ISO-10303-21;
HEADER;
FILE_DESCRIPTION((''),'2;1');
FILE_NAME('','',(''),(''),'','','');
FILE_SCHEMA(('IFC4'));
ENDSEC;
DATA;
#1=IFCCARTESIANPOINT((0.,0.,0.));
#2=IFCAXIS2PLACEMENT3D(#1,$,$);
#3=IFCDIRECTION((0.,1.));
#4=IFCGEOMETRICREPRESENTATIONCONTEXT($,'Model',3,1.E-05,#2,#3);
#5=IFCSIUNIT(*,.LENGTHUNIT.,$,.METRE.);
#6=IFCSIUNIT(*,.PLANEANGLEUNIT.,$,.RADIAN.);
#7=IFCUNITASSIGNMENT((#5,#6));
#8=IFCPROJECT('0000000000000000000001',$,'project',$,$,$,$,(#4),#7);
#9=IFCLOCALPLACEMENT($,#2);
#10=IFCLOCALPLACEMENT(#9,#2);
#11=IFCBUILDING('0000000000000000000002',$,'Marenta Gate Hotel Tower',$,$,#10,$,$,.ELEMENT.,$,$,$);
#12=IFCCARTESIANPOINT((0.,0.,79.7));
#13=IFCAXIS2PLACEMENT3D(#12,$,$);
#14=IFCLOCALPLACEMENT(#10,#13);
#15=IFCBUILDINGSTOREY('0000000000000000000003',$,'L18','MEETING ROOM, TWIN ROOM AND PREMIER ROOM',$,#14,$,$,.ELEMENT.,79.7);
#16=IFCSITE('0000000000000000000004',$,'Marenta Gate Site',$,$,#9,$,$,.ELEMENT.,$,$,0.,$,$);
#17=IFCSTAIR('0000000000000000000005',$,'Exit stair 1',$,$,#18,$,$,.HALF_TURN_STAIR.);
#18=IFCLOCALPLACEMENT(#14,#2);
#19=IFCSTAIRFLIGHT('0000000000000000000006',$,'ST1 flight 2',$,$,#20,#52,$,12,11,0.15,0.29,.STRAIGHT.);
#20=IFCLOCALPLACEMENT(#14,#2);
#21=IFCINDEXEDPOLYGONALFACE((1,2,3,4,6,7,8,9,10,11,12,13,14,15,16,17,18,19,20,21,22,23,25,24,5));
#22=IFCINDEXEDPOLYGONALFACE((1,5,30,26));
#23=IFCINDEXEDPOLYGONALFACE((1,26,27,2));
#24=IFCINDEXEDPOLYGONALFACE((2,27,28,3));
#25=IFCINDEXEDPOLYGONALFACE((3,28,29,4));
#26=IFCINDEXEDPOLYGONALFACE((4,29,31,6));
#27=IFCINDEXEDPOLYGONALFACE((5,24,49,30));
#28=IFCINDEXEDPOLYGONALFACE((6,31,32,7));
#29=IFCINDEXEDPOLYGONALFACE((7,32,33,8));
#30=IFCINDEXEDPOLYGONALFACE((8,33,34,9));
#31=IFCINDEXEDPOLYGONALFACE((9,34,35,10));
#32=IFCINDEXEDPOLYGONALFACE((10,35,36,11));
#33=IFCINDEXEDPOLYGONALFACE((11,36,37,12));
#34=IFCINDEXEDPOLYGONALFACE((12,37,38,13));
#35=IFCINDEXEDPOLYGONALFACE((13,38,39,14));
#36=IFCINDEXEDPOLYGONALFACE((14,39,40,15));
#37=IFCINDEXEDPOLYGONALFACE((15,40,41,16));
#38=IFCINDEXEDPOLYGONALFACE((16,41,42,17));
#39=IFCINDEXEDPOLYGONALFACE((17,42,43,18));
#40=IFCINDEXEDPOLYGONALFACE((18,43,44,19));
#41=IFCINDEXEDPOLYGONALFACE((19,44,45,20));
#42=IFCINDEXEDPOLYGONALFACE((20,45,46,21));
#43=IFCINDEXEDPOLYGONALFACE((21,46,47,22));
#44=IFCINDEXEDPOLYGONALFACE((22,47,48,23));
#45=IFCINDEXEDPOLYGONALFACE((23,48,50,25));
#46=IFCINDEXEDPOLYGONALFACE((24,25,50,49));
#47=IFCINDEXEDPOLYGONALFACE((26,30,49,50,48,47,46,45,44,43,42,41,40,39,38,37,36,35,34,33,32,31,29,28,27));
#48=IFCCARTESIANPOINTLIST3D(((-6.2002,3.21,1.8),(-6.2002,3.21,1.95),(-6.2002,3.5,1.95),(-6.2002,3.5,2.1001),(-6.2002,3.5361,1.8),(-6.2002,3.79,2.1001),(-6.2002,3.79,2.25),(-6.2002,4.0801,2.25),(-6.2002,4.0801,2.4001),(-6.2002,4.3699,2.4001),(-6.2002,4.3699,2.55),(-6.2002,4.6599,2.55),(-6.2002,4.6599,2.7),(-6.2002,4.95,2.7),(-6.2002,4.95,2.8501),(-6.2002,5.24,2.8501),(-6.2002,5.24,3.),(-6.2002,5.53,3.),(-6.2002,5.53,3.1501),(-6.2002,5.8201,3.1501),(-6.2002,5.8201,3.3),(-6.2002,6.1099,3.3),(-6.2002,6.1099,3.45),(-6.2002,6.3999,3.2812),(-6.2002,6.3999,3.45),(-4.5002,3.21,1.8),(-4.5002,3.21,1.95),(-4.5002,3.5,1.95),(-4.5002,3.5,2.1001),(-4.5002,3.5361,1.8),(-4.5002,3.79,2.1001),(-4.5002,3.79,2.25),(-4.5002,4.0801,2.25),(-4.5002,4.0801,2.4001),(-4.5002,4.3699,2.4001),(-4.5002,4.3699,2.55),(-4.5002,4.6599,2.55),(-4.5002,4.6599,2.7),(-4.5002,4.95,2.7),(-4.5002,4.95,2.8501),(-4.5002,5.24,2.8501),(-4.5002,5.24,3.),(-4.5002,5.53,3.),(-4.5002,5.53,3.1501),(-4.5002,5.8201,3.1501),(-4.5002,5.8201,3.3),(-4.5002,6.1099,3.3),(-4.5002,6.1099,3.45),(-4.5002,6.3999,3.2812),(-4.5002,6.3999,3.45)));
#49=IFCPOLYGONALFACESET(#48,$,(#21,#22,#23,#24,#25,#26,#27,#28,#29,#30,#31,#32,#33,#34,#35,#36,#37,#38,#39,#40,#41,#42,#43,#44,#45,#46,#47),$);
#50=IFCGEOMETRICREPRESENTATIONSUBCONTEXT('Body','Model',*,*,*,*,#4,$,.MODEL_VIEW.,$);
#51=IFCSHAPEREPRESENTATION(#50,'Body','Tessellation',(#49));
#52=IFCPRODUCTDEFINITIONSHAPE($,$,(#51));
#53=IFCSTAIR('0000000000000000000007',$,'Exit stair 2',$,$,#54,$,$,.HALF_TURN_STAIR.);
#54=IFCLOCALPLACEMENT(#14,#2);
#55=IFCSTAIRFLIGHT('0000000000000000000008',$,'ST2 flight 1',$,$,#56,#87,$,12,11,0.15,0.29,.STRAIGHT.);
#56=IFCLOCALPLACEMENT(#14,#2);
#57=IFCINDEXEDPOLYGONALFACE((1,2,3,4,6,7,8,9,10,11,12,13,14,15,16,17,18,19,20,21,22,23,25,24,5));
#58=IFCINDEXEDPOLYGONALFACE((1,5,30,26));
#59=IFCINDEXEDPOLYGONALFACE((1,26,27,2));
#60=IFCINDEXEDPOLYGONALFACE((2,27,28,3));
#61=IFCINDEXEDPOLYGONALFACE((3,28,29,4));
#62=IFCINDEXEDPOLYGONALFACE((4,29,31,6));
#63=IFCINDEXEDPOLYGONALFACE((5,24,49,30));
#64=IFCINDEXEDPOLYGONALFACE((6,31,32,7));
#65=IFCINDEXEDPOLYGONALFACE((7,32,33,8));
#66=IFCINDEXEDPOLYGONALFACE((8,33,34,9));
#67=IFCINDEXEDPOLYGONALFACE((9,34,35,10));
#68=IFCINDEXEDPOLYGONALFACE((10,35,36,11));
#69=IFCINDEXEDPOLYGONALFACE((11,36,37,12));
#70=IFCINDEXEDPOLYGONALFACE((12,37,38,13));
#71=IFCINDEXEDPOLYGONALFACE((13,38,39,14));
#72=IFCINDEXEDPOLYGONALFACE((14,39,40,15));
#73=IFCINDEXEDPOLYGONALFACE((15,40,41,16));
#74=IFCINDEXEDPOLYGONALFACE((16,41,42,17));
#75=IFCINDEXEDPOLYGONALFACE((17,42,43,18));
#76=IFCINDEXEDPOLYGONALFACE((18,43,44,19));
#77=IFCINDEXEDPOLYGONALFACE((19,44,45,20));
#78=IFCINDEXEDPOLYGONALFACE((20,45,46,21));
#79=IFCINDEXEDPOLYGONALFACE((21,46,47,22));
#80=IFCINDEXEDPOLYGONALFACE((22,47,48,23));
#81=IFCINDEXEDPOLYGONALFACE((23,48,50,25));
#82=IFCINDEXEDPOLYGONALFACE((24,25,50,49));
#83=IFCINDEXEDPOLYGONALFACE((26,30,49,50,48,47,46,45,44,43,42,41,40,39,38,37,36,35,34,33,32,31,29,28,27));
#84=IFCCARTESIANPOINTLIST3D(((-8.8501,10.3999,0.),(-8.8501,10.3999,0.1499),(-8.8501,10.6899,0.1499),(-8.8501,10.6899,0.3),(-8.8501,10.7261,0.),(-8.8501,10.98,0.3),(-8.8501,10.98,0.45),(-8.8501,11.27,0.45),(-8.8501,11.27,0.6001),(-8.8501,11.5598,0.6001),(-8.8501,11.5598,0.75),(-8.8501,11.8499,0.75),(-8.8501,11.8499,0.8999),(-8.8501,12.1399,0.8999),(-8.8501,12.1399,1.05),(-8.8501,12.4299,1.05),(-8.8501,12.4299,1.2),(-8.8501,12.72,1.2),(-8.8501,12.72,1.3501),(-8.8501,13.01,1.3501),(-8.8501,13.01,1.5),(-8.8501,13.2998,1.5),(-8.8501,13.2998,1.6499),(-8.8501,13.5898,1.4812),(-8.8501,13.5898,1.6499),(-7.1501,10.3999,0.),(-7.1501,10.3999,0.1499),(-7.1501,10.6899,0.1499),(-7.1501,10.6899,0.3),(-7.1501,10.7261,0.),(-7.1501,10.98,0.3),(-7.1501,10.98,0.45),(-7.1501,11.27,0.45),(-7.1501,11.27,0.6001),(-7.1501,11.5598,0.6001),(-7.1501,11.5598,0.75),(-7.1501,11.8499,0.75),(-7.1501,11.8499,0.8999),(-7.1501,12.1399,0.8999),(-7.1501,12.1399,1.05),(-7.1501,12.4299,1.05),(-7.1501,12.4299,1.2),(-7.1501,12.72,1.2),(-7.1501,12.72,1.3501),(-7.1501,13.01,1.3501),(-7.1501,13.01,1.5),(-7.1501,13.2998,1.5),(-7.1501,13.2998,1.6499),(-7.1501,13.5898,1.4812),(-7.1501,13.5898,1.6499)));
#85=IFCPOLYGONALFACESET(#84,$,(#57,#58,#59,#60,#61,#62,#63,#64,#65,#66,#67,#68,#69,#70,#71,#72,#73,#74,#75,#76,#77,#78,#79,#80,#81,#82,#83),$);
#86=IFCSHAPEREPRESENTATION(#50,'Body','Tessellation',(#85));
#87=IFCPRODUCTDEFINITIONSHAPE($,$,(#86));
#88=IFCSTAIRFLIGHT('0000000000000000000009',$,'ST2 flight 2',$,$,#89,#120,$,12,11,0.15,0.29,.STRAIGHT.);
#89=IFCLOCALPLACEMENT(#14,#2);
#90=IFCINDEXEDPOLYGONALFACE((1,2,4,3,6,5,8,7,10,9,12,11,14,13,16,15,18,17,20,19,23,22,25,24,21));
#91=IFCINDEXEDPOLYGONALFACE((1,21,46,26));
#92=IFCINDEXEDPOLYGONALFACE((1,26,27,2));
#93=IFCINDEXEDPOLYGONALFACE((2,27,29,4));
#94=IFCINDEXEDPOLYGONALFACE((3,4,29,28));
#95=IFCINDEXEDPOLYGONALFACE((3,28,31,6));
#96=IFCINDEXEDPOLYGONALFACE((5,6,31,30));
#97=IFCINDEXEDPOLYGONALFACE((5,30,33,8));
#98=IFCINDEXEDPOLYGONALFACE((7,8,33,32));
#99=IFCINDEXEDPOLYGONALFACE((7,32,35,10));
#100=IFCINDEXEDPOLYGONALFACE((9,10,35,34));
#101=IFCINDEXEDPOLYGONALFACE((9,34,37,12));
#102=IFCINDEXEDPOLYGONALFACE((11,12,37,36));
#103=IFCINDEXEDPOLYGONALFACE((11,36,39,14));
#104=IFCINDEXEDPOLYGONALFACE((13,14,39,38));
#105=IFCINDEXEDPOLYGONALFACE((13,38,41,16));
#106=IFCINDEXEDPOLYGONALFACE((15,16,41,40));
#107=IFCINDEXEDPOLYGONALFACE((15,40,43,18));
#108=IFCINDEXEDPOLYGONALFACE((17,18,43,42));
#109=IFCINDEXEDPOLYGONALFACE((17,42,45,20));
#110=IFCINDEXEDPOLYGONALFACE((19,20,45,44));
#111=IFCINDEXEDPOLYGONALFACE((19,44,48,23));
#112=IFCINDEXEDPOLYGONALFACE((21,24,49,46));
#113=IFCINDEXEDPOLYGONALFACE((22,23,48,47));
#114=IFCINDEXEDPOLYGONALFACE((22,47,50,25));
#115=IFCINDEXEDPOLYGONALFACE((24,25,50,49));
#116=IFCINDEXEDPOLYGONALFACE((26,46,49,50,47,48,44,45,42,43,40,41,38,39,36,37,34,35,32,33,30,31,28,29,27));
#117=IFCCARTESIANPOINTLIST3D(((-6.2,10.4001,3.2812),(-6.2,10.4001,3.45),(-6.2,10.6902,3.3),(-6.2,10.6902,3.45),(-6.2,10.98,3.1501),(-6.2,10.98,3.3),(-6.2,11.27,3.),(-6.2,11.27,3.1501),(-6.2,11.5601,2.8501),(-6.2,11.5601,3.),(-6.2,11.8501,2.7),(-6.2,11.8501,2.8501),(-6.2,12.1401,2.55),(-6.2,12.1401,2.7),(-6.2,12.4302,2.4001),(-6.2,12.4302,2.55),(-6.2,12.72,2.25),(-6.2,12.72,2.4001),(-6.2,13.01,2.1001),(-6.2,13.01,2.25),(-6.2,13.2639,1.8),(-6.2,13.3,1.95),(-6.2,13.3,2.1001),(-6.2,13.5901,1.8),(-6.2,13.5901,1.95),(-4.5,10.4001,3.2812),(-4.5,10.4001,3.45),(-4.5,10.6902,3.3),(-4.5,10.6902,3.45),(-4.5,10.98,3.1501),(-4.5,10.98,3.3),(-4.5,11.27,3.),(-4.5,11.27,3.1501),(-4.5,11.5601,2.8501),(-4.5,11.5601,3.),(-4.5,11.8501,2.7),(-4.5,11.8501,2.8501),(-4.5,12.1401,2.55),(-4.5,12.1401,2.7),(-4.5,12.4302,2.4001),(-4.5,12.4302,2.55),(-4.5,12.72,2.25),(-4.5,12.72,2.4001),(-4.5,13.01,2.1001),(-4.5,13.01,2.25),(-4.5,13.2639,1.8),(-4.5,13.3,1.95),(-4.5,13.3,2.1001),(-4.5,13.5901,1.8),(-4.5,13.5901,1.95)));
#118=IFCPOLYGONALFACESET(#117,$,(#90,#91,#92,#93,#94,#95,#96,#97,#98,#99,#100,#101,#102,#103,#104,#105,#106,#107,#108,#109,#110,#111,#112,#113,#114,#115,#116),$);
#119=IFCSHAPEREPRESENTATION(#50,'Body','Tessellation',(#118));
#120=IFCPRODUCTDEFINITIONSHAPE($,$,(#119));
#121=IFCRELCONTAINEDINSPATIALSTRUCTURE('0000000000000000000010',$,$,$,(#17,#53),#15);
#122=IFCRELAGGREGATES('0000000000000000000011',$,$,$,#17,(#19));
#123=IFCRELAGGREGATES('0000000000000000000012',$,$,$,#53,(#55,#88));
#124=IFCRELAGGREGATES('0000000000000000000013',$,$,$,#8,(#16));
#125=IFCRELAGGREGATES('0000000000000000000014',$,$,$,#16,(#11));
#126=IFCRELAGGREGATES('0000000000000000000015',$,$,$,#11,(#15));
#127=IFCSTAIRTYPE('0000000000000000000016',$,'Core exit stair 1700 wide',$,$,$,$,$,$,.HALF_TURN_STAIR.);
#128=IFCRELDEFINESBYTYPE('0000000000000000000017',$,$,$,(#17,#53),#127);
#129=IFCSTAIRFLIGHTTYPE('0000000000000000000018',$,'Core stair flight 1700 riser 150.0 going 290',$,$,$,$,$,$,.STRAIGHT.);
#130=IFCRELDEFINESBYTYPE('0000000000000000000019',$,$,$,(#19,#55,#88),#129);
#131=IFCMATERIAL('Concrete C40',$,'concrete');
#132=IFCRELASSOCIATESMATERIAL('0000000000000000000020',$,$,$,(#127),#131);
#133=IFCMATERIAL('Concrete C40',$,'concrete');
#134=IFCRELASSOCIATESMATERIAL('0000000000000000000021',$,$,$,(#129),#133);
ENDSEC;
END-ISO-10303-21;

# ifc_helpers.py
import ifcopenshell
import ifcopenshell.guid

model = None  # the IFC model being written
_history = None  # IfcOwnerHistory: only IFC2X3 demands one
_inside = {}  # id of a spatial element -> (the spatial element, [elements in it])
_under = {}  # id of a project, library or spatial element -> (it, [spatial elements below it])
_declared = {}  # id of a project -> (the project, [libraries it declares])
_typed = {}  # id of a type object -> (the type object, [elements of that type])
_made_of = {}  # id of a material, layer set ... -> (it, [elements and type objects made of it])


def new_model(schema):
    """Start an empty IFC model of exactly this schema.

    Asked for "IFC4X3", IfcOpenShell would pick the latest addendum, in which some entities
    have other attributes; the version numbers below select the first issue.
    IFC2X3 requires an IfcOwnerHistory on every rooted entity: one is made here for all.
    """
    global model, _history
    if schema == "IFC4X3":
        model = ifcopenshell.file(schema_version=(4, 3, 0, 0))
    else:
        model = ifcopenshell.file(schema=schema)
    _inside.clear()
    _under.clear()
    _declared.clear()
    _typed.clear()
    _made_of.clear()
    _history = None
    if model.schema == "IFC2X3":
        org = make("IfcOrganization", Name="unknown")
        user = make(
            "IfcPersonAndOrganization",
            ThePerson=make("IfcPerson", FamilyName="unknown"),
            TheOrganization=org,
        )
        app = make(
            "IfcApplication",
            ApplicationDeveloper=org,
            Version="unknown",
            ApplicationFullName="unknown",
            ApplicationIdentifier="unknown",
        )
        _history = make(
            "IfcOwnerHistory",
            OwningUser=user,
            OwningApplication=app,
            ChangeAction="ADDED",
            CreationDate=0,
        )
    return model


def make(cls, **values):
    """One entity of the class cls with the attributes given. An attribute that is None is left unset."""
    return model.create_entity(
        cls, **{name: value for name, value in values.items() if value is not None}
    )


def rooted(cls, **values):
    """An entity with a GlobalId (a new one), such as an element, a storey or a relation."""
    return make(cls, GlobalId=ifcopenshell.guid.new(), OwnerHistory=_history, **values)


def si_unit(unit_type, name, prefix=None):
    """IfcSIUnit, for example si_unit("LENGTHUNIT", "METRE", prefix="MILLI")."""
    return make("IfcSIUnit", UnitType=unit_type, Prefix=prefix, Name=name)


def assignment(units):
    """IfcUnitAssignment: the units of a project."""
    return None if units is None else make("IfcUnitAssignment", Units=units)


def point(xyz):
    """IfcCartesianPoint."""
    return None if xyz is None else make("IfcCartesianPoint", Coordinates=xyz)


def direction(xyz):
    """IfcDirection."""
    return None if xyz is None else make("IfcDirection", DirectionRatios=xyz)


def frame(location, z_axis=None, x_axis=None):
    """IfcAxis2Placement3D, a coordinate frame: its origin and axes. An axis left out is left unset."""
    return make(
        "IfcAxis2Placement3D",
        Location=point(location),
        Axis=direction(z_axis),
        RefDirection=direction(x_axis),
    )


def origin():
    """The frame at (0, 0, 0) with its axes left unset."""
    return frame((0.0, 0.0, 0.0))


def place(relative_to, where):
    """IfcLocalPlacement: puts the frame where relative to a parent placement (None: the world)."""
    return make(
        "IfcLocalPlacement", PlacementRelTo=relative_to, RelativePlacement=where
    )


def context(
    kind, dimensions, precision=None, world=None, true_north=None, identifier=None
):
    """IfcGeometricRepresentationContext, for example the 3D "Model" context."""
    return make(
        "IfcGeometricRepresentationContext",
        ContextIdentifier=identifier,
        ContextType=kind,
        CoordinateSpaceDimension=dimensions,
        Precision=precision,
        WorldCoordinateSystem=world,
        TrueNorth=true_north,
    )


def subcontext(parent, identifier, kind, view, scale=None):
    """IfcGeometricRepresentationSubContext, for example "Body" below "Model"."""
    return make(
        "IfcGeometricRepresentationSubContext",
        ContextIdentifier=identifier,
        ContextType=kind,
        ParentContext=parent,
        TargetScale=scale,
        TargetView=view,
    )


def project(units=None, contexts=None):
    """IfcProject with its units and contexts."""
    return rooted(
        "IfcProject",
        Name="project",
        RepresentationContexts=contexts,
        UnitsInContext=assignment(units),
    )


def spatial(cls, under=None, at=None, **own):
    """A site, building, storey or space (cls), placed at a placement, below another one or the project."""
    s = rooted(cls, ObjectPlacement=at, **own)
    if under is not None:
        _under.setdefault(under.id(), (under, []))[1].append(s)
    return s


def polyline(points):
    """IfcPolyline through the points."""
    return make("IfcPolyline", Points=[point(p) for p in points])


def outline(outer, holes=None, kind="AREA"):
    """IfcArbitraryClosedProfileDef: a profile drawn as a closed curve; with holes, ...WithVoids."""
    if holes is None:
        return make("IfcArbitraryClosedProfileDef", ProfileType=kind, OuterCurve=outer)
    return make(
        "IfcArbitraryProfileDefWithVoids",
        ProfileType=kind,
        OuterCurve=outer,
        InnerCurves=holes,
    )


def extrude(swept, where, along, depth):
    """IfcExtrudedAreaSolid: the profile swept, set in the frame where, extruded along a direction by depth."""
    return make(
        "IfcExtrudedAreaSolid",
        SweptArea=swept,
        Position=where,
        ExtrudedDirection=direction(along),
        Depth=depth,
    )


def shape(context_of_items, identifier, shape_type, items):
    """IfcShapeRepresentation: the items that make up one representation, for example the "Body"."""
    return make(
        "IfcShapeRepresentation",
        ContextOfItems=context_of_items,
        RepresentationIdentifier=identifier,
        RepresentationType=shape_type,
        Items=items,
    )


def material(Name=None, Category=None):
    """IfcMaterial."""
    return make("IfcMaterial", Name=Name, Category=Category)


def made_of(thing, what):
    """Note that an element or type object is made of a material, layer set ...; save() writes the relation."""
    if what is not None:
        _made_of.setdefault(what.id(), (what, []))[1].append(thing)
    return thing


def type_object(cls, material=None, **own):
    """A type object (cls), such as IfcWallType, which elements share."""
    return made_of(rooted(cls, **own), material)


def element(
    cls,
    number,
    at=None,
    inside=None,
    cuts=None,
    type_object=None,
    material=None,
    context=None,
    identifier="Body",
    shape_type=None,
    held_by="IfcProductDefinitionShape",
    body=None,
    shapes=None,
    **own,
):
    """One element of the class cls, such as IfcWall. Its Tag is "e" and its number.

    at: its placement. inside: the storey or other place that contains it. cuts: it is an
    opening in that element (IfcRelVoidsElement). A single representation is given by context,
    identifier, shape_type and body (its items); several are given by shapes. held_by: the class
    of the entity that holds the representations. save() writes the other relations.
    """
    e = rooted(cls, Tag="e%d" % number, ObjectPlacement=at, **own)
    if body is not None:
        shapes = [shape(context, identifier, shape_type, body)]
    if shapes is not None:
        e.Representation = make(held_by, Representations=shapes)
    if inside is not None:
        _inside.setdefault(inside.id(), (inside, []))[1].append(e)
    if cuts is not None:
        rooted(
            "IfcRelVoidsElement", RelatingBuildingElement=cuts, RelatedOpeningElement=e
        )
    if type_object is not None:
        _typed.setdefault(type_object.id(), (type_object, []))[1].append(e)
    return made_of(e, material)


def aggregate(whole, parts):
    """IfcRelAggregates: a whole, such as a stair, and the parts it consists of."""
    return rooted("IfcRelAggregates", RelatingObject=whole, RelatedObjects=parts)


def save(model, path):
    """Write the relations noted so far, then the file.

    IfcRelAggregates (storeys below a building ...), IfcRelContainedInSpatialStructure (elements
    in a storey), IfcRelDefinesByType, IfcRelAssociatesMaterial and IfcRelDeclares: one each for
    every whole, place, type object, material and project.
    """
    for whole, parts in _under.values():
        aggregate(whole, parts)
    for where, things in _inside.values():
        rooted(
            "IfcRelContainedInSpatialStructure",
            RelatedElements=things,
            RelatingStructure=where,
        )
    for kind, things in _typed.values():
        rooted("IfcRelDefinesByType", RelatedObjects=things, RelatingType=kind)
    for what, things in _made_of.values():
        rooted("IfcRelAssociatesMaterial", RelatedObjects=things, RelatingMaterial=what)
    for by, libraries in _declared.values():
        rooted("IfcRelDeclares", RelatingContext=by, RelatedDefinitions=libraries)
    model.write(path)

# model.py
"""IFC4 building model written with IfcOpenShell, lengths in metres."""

from ifc_helpers import new_model, si_unit, direction, frame, origin, place, context, subcontext, project, spatial, polyline, outline, extrude, material, type_object, element, aggregate, save


model = new_model("IFC4")

# Units and contexts
model_context = context("Model", 3, precision=1e-05, world=origin(), true_north=direction((0.0, 1.0)))
body_context = subcontext(model_context, "Body", "Model", "MODEL_VIEW")
ifc_project = project(units=[si_unit("LENGTHUNIT", "METRE"), si_unit("PLANEANGLEUNIT", "RADIAN")], contexts=[model_context])

# Site, building, storey
site_placement = place(None, origin())
site = spatial("IfcSite", under=ifc_project, at=site_placement, Name="Marenta Gate Site", CompositionType="ELEMENT", RefElevation=0.0)
building_placement = place(site_placement, origin())
building = spatial("IfcBuilding", under=site, at=building_placement, Name="Marenta Gate Hotel Tower", CompositionType="ELEMENT")
storey_placement = place(building_placement, frame((0.0, 0.0, 79.7)))
storey = spatial("IfcBuildingStorey", under=building, at=storey_placement, Name="L18", Description="MEETING ROOM, TWIN ROOM AND PREMIER ROOM", CompositionType="ELEMENT", Elevation=79.7)

# Stairs, stair flights
ifc_material_1 = material(Name="Concrete C40", Category="concrete")
stair_type = type_object("IfcStairType", Name="Core exit stair 1700 wide", PredefinedType="HALF_TURN_STAIR", material=ifc_material_1)
stair_1_placement = place(storey_placement, origin())
stair_1 = element("IfcStair", 1, at=stair_1_placement, inside=storey, type_object=stair_type, Name="Exit stair 1", PredefinedType="HALF_TURN_STAIR")
ifc_material_2 = material(Name="Concrete C40", Category="concrete")
stair_flight_type = type_object("IfcStairFlightType", Name="Core stair flight 1700 riser 150.0 going 290", PredefinedType="STRAIGHT", material=ifc_material_2)
stair_flight_1_placement = place(storey_placement, frame((-5.3501, 3.21, 1.8), z_axis=(0.0, 0.0, 1.0), x_axis=(0.0, 1.0, 0.0)))
stair_flight_1 = element("IfcStairFlight", 2, at=stair_flight_1_placement, type_object=stair_flight_type, Name="ST1 flight 2", NumberOfRisers=12, NumberOfTreads=11, PredefinedType="STRAIGHT", RiserHeight=0.15, TreadLength=0.29, context=body_context, shape_type="SweptSolid", body=[
    extrude(outline(polyline([(0.0, 0.0), (0.0, 0.1499), (0.29, 0.1499), (0.29, 0.3), (0.5801, 0.3), (0.5801, 0.45), (0.8701, 0.45), (0.8701, 0.6001), (1.1599, 0.6001), (1.1599, 0.75), (1.45, 0.75), (1.45, 0.8999), (1.74, 0.8999), (1.74, 1.05), (2.03, 1.05), (2.03, 1.2), (2.3201, 1.2), (2.3201, 1.3501), (2.6101, 1.3501), (2.6101, 1.5), (2.8999, 1.5), (2.8999, 1.6499), (3.1899, 1.6499), (3.1899, 1.8), (3.1899, 1.4812), (0.3262, 0.0), (0.0, 0.0)])), frame((0.0, 0.8501, 0.0), z_axis=(0.0, -1.0, 0.0), x_axis=(1.0, 0.0, 0.0)), (0.0, 0.0, 1.0), 1.7),
])
aggregate(stair_1, [stair_flight_1])
stair_2_placement = place(storey_placement, origin())
stair_2 = element("IfcStair", 3, at=stair_2_placement, inside=storey, type_object=stair_type, Name="Exit stair 2", PredefinedType="HALF_TURN_STAIR")
stair_flight_2_placement = place(storey_placement, frame((-8.0, 10.3999, 0.0), z_axis=(0.0, 0.0, 1.0), x_axis=(0.0, 1.0, 0.0)))
stair_flight_2 = element("IfcStairFlight", 4, at=stair_flight_2_placement, type_object=stair_flight_type, Name="ST2 flight 1", NumberOfRisers=12, NumberOfTreads=11, PredefinedType="STRAIGHT", RiserHeight=0.15, TreadLength=0.29, context=body_context, shape_type="SweptSolid", body=[
    extrude(outline(polyline([(0.0, 0.0), (0.0, 0.1499), (0.29, 0.1499), (0.29, 0.3), (0.5801, 0.3), (0.5801, 0.45), (0.8701, 0.45), (0.8701, 0.6001), (1.1599, 0.6001), (1.1599, 0.75), (1.45, 0.75), (1.45, 0.8999), (1.74, 0.8999), (1.74, 1.05), (2.03, 1.05), (2.03, 1.2), (2.3201, 1.2), (2.3201, 1.3501), (2.6101, 1.3501), (2.6101, 1.5), (2.8999, 1.5), (2.8999, 1.6499), (3.1899, 1.6499), (3.1899, 1.8), (3.1899, 1.4812), (0.3262, 0.0), (0.0, 0.0)])), frame((0.0, 0.8501, 0.0), z_axis=(0.0, -1.0, 0.0), x_axis=(1.0, 0.0, 0.0)), (0.0, 0.0, 1.0), 1.7),
])
stair_flight_3_placement = place(storey_placement, frame((-5.3501, 13.5901, 1.8), z_axis=(0.0, 0.0, 1.0), x_axis=(0.0, -1.0, 0.0)))
stair_flight_3 = element("IfcStairFlight", 5, at=stair_flight_3_placement, type_object=stair_flight_type, Name="ST2 flight 2", NumberOfRisers=12, NumberOfTreads=11, PredefinedType="STRAIGHT", RiserHeight=0.15, TreadLength=0.29, context=body_context, shape_type="SweptSolid", body=[
    extrude(outline(polyline([(0.0, 0.0), (0.0, 0.1499), (0.29, 0.1499), (0.29, 0.3), (0.5801, 0.3), (0.5801, 0.45), (0.8701, 0.45), (0.8701, 0.6001), (1.1599, 0.6001), (1.1599, 0.75), (1.45, 0.75), (1.45, 0.8999), (1.74, 0.8999), (1.74, 1.05), (2.03, 1.05), (2.03, 1.2), (2.3201, 1.2), (2.3201, 1.3501), (2.6101, 1.3501), (2.6101, 1.5), (2.8999, 1.5), (2.8999, 1.6499), (3.1899, 1.6499), (3.1899, 1.8), (3.1899, 1.4812), (0.3262, 0.0), (0.0, 0.0)])), frame((0.0, 0.8501, 0.0), z_axis=(0.0, -1.0, 0.0), x_axis=(1.0, 0.0, 0.0)), (0.0, 0.0, 1.0), 1.7),
])
aggregate(stair_2, [stair_flight_2, stair_flight_3])

save(model, "model.ifc")
